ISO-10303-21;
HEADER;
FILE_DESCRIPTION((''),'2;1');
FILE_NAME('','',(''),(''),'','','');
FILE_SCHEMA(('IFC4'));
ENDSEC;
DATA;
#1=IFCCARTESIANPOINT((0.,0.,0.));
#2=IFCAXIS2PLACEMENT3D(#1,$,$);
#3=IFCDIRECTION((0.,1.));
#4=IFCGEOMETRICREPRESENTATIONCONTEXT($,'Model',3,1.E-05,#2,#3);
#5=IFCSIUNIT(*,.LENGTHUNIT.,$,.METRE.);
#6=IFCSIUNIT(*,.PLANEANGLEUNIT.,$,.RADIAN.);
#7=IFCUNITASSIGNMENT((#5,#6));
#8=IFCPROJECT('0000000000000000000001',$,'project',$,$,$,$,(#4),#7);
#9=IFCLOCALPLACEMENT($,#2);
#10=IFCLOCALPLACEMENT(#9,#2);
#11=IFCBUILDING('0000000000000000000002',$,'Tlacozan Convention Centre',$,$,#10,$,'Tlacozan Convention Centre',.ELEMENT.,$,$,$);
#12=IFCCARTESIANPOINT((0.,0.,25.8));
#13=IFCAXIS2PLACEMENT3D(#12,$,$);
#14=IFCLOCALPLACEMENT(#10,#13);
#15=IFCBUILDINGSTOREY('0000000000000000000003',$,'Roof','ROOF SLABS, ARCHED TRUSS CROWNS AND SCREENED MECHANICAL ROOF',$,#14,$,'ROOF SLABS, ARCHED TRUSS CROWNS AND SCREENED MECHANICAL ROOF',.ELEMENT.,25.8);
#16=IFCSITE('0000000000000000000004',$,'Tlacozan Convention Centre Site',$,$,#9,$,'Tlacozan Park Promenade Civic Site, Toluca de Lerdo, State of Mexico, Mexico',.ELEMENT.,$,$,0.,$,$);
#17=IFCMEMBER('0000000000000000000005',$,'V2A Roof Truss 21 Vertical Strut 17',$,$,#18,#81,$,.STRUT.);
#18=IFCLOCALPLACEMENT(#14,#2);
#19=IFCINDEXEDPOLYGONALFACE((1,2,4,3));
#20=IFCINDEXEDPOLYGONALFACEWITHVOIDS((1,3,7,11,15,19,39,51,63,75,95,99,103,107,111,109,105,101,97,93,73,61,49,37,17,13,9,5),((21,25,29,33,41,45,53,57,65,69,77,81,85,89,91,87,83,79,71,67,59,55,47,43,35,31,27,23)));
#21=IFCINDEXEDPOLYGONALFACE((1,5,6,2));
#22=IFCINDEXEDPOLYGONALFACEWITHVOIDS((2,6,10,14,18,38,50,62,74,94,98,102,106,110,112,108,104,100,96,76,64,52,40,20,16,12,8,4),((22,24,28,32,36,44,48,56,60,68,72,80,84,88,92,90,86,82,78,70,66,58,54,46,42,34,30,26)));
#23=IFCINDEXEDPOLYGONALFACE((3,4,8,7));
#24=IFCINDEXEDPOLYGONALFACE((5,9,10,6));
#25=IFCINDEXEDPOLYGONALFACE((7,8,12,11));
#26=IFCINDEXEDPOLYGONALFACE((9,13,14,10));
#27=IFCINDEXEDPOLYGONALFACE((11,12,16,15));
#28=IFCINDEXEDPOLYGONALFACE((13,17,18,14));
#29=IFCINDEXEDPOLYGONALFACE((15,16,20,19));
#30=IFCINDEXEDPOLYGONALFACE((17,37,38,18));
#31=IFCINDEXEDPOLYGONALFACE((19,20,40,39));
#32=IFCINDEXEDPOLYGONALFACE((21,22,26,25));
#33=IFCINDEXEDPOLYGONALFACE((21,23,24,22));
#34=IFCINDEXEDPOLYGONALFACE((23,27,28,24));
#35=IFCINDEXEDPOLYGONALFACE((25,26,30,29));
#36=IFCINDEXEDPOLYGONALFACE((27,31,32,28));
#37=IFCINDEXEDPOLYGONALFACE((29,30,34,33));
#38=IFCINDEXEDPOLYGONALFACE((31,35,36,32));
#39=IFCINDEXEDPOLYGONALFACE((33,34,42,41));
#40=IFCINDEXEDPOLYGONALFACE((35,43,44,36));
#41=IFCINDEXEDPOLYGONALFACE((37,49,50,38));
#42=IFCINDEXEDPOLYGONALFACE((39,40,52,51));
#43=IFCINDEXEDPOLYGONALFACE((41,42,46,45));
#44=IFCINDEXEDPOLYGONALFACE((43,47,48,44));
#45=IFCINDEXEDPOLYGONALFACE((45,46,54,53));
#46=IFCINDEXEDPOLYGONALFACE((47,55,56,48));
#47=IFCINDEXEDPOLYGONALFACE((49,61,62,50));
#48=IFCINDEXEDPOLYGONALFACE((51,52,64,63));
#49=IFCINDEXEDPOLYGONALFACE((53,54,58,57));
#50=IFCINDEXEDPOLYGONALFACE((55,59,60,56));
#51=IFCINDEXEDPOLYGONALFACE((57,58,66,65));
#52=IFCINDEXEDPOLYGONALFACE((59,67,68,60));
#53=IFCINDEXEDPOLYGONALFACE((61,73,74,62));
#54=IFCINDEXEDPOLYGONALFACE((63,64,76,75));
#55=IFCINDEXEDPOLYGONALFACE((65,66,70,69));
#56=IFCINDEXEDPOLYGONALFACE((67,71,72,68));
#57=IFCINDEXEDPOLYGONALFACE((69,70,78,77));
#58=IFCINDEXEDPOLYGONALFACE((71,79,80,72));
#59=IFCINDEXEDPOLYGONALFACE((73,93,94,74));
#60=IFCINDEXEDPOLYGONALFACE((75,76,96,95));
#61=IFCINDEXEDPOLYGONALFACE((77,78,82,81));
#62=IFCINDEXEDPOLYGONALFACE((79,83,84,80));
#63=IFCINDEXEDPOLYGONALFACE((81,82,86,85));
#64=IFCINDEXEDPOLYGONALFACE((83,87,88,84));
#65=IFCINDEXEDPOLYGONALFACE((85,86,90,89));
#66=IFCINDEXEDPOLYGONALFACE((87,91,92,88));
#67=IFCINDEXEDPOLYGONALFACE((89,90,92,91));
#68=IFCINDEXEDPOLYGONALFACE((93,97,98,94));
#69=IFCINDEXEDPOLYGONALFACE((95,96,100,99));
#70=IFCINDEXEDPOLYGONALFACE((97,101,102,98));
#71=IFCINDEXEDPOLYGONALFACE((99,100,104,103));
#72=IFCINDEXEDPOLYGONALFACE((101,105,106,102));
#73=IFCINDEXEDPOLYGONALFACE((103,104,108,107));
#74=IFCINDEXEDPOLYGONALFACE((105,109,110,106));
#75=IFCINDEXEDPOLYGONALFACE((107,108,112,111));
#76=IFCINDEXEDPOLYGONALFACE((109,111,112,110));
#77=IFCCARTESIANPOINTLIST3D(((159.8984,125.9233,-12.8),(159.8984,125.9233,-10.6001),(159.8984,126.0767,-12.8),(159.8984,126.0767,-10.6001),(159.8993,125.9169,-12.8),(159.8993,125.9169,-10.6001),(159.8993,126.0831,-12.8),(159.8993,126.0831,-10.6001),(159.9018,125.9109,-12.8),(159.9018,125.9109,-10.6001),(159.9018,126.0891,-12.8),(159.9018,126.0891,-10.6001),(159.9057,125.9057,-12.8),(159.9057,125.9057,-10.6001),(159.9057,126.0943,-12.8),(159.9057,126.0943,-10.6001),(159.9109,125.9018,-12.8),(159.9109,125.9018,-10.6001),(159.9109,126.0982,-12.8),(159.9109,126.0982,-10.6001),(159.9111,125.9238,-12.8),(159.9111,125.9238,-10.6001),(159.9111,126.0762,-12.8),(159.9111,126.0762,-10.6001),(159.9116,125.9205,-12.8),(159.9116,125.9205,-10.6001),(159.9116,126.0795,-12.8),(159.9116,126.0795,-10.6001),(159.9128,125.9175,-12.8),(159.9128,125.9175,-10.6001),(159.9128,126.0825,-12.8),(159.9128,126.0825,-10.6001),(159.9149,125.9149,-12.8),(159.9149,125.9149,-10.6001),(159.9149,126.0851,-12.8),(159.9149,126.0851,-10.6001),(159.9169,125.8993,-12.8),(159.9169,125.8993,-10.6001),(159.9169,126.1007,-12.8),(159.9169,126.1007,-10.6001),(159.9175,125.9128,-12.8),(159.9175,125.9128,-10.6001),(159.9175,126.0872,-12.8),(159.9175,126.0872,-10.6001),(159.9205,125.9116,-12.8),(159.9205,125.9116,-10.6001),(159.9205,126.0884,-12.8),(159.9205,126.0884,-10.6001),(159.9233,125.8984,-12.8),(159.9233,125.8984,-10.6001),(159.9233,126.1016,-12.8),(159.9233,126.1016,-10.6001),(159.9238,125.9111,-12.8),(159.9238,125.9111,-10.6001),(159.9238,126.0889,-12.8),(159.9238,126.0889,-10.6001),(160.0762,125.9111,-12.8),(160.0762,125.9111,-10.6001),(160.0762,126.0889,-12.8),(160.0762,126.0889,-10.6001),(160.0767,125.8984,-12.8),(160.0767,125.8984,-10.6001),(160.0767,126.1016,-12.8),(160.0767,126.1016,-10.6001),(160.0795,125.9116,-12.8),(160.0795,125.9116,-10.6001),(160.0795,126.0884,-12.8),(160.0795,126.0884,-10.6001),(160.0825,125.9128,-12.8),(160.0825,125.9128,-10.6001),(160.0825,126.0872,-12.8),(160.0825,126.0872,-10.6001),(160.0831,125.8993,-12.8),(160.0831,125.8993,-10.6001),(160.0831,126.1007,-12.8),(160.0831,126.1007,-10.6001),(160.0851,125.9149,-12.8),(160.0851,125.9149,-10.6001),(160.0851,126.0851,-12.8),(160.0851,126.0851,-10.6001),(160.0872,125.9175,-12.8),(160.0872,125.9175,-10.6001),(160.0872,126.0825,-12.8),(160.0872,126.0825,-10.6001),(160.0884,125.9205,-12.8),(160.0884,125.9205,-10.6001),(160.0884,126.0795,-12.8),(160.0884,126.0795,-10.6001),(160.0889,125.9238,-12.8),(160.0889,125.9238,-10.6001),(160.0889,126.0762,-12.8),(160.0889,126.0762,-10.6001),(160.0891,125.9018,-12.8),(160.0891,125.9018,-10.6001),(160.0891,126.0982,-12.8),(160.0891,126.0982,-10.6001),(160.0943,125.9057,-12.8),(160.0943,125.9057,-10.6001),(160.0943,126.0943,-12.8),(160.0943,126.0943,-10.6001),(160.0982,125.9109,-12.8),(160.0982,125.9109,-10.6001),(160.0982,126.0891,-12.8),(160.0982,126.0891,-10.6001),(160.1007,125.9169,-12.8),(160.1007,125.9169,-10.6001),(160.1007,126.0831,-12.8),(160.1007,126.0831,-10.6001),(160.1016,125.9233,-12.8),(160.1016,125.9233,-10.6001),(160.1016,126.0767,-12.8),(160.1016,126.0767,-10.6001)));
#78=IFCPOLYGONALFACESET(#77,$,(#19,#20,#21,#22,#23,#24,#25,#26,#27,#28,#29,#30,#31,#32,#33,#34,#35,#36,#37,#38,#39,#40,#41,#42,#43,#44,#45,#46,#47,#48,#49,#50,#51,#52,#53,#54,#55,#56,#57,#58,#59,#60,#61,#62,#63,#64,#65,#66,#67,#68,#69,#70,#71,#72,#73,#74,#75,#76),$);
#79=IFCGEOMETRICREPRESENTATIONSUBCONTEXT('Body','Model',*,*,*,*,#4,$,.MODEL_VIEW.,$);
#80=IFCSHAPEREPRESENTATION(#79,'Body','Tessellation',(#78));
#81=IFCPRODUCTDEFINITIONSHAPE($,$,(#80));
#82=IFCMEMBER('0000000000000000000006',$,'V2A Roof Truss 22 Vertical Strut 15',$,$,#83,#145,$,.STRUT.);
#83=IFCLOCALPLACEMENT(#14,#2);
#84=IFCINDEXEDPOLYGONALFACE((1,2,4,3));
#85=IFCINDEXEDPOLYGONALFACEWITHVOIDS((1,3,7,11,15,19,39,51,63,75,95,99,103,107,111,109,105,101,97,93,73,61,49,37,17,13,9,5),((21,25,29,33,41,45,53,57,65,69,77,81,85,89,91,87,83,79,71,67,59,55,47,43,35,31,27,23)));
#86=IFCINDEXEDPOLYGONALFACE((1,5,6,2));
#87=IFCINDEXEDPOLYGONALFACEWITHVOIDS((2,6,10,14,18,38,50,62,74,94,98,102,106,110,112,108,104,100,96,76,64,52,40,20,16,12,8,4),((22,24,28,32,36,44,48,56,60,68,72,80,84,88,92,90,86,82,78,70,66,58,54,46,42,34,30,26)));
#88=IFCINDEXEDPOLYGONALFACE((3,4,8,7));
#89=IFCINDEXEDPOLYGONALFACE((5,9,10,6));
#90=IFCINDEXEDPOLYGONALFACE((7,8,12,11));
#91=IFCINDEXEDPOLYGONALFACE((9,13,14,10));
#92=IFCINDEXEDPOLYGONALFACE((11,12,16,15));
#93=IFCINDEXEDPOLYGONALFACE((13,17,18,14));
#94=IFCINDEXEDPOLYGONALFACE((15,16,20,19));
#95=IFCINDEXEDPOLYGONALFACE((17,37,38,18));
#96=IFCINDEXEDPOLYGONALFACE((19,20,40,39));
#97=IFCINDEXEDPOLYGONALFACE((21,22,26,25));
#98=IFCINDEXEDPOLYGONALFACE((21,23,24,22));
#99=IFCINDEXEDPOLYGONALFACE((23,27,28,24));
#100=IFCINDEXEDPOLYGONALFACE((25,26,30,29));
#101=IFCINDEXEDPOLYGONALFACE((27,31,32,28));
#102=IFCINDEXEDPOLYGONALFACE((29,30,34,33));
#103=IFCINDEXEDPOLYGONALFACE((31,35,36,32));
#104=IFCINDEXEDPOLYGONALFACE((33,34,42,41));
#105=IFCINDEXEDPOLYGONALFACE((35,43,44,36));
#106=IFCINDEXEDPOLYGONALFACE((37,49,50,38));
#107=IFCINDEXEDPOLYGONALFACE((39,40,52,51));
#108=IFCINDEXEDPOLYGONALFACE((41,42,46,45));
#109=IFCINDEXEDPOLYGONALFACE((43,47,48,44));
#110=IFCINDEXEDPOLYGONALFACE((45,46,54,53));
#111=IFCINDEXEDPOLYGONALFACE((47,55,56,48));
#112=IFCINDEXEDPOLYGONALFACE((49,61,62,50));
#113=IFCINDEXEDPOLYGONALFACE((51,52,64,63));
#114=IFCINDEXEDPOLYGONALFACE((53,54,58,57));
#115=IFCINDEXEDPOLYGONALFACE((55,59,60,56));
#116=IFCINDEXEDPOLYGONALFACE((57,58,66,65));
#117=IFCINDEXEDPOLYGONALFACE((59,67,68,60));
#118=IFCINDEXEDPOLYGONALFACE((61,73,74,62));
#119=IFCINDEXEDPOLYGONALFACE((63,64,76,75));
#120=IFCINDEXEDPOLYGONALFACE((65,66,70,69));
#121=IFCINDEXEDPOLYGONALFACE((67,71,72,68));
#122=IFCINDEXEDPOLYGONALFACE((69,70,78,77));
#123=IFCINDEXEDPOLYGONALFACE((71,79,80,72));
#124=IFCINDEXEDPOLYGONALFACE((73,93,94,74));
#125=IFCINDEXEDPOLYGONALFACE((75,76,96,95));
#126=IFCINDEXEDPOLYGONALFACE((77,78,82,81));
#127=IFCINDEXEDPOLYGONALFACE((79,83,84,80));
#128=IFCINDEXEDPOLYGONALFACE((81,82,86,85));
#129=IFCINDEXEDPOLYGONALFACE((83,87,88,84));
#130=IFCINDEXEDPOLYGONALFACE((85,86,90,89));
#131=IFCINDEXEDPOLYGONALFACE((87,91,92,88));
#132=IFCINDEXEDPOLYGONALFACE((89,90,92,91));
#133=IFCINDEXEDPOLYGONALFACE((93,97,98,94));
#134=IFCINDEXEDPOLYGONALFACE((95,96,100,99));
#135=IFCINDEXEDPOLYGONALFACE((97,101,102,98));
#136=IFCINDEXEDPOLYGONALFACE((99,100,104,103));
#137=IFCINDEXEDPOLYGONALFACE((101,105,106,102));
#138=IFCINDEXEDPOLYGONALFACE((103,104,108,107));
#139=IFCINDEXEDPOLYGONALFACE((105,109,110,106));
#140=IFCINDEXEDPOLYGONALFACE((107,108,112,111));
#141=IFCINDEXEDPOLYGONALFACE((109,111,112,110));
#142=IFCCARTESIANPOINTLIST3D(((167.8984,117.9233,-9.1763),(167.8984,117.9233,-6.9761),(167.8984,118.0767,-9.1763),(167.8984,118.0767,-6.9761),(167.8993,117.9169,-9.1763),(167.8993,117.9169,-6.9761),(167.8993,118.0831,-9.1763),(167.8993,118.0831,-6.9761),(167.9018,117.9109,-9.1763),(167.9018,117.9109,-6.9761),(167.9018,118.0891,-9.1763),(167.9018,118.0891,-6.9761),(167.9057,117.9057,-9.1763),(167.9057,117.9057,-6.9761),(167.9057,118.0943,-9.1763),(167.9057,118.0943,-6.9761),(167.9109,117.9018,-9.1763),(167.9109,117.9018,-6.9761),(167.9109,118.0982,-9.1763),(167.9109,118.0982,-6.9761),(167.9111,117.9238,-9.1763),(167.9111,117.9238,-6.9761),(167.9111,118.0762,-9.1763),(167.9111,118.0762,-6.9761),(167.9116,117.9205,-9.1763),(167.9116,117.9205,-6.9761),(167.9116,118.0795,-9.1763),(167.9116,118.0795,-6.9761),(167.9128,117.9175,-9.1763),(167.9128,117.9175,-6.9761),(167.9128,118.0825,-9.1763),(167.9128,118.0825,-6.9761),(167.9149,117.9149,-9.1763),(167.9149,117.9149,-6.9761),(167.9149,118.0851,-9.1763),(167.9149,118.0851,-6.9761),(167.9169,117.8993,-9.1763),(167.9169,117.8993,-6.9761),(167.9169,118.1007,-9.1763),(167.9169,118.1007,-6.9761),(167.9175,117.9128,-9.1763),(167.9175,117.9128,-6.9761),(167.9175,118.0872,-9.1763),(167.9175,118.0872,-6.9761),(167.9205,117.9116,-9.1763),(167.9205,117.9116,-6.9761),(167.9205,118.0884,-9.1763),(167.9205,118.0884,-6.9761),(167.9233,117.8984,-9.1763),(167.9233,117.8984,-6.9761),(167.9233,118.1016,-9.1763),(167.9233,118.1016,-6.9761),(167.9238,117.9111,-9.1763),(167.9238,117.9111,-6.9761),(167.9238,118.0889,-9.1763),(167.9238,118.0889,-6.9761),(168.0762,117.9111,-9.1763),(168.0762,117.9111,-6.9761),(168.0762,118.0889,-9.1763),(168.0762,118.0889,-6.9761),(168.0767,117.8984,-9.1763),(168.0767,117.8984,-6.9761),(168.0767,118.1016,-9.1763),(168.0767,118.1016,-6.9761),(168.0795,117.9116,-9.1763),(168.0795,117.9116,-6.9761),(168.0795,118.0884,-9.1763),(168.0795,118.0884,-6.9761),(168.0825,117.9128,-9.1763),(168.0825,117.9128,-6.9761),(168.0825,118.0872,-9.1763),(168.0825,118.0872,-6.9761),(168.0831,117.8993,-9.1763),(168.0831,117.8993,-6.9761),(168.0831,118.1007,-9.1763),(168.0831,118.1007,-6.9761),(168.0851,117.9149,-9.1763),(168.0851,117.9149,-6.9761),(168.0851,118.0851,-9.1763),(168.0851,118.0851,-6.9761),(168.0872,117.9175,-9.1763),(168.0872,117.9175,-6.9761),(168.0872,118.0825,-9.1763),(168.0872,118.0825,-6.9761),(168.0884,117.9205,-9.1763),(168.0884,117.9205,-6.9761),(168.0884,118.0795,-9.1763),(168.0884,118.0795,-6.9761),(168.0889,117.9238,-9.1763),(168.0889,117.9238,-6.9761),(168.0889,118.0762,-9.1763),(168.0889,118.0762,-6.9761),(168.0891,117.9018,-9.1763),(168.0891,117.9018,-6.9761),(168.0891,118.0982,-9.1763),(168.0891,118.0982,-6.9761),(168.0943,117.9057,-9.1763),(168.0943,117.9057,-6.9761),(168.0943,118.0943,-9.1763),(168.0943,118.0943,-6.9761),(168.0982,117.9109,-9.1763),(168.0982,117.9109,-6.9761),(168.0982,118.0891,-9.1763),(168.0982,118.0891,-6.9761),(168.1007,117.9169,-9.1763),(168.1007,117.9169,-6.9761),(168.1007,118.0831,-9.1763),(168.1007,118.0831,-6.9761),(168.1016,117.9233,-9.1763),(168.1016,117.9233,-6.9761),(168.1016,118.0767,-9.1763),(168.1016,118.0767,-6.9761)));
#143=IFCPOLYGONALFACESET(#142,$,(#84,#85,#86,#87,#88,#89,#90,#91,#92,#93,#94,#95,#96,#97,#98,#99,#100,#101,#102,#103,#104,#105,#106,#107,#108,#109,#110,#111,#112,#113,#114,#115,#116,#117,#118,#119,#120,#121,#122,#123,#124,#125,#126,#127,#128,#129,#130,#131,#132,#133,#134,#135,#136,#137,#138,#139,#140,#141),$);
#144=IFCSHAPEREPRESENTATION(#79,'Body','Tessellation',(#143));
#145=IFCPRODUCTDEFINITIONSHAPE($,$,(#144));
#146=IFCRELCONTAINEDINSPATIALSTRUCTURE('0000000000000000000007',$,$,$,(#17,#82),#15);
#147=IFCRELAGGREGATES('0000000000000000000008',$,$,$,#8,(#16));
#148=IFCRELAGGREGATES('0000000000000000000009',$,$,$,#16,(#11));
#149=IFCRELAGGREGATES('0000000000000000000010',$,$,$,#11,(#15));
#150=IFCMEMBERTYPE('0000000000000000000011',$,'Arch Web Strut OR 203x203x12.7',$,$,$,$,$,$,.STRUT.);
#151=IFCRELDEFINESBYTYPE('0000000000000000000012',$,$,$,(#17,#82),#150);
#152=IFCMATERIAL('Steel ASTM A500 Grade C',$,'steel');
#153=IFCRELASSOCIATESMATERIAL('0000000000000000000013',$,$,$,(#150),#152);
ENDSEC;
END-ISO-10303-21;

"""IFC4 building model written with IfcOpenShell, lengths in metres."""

from ifc_helpers import new_model, si_unit, direction, frame, origin, origin_2d, place, context, subcontext, project, spatial, hollow_rectangle, extrude, material, material_profile, profile_set, type_object, element, save


model = new_model("IFC4")

# Units and contexts
model_context = context("Model", 3, precision=1e-05, world=origin(), true_north=direction((0.0, 1.0)))
body_context = subcontext(model_context, "Body", "Model", "MODEL_VIEW")
ifc_project = project(units=[si_unit("LENGTHUNIT", "METRE"), si_unit("PLANEANGLEUNIT", "RADIAN")], contexts=[model_context])

# Site, building, storey
site_placement = place(None, origin())
site = spatial("IfcSite", under=ifc_project, at=site_placement, Name="Tlacozan Convention Centre Site", LongName="Tlacozan Park Promenade Civic Site, Toluca de Lerdo, State of Mexico, Mexico", CompositionType="ELEMENT", RefElevation=0.0)
building_placement = place(site_placement, origin())
building = spatial("IfcBuilding", under=site, at=building_placement, Name="Tlacozan Convention Centre", LongName="Tlacozan Convention Centre", CompositionType="ELEMENT")
storey_placement = place(building_placement, frame((0.0, 0.0, 25.8)))
storey = spatial("IfcBuildingStorey", under=building, at=storey_placement, Name="Roof", Description="ROOF SLABS, ARCHED TRUSS CROWNS AND SCREENED MECHANICAL ROOF", LongName="ROOF SLABS, ARCHED TRUSS CROWNS AND SCREENED MECHANICAL ROOF", CompositionType="ELEMENT", Elevation=25.8)

# Members
ifc_material_1 = material(Name="Steel ASTM A500 Grade C", Category="steel")
ifc_material_profile_1 = material_profile(ifc_material_1, hollow_rectangle(XDim=0.2031, YDim=0.2031, WallThickness=0.0127, InnerFilletRadius=0.0127, OuterFilletRadius=0.0249, at=origin_2d()), Name="OR 203x203x12.7")
ifc_profile_set_1 = profile_set([ifc_material_profile_1], Name="Steel ASTM A500 Grade C")
member_type_1 = type_object("IfcMemberType", Name="Arch Web Strut OR 203x203x12.7", PredefinedType="STRUT", material=ifc_profile_set_1)
member_1_placement = place(storey_placement, frame((160.0, 126.0, -12.8), z_axis=(0.0, 0.0, 1.0), x_axis=(1.0, 0.0, 0.0)))
element("IfcMember", 1, at=member_1_placement, inside=storey, type_object=member_type_1, Name="V2A Roof Truss 21 Vertical Strut 17", PredefinedType="STRUT", context=body_context, shape_type="SweptSolid", body=[
    extrude(hollow_rectangle(XDim=0.2031, YDim=0.2031, WallThickness=0.0127, InnerFilletRadius=0.0127, OuterFilletRadius=0.0249, at=origin_2d()), origin(), (0.0, 0.0, 1.0), 2.2),
])
member_2_placement = place(storey_placement, frame((168.0, 118.0, -9.1763), z_axis=(0.0, 0.0, 1.0), x_axis=(1.0, 0.0, 0.0)))
element("IfcMember", 2, at=member_2_placement, inside=storey, type_object=member_type_1, Name="V2A Roof Truss 22 Vertical Strut 15", PredefinedType="STRUT", context=body_context, shape_type="SweptSolid", body=[
    extrude(hollow_rectangle(XDim=0.2031, YDim=0.2031, WallThickness=0.0127, InnerFilletRadius=0.0127, OuterFilletRadius=0.0249, at=origin_2d()), origin(), (0.0, 0.0, 1.0), 2.2002),
])

save(model, "model.ifc")
